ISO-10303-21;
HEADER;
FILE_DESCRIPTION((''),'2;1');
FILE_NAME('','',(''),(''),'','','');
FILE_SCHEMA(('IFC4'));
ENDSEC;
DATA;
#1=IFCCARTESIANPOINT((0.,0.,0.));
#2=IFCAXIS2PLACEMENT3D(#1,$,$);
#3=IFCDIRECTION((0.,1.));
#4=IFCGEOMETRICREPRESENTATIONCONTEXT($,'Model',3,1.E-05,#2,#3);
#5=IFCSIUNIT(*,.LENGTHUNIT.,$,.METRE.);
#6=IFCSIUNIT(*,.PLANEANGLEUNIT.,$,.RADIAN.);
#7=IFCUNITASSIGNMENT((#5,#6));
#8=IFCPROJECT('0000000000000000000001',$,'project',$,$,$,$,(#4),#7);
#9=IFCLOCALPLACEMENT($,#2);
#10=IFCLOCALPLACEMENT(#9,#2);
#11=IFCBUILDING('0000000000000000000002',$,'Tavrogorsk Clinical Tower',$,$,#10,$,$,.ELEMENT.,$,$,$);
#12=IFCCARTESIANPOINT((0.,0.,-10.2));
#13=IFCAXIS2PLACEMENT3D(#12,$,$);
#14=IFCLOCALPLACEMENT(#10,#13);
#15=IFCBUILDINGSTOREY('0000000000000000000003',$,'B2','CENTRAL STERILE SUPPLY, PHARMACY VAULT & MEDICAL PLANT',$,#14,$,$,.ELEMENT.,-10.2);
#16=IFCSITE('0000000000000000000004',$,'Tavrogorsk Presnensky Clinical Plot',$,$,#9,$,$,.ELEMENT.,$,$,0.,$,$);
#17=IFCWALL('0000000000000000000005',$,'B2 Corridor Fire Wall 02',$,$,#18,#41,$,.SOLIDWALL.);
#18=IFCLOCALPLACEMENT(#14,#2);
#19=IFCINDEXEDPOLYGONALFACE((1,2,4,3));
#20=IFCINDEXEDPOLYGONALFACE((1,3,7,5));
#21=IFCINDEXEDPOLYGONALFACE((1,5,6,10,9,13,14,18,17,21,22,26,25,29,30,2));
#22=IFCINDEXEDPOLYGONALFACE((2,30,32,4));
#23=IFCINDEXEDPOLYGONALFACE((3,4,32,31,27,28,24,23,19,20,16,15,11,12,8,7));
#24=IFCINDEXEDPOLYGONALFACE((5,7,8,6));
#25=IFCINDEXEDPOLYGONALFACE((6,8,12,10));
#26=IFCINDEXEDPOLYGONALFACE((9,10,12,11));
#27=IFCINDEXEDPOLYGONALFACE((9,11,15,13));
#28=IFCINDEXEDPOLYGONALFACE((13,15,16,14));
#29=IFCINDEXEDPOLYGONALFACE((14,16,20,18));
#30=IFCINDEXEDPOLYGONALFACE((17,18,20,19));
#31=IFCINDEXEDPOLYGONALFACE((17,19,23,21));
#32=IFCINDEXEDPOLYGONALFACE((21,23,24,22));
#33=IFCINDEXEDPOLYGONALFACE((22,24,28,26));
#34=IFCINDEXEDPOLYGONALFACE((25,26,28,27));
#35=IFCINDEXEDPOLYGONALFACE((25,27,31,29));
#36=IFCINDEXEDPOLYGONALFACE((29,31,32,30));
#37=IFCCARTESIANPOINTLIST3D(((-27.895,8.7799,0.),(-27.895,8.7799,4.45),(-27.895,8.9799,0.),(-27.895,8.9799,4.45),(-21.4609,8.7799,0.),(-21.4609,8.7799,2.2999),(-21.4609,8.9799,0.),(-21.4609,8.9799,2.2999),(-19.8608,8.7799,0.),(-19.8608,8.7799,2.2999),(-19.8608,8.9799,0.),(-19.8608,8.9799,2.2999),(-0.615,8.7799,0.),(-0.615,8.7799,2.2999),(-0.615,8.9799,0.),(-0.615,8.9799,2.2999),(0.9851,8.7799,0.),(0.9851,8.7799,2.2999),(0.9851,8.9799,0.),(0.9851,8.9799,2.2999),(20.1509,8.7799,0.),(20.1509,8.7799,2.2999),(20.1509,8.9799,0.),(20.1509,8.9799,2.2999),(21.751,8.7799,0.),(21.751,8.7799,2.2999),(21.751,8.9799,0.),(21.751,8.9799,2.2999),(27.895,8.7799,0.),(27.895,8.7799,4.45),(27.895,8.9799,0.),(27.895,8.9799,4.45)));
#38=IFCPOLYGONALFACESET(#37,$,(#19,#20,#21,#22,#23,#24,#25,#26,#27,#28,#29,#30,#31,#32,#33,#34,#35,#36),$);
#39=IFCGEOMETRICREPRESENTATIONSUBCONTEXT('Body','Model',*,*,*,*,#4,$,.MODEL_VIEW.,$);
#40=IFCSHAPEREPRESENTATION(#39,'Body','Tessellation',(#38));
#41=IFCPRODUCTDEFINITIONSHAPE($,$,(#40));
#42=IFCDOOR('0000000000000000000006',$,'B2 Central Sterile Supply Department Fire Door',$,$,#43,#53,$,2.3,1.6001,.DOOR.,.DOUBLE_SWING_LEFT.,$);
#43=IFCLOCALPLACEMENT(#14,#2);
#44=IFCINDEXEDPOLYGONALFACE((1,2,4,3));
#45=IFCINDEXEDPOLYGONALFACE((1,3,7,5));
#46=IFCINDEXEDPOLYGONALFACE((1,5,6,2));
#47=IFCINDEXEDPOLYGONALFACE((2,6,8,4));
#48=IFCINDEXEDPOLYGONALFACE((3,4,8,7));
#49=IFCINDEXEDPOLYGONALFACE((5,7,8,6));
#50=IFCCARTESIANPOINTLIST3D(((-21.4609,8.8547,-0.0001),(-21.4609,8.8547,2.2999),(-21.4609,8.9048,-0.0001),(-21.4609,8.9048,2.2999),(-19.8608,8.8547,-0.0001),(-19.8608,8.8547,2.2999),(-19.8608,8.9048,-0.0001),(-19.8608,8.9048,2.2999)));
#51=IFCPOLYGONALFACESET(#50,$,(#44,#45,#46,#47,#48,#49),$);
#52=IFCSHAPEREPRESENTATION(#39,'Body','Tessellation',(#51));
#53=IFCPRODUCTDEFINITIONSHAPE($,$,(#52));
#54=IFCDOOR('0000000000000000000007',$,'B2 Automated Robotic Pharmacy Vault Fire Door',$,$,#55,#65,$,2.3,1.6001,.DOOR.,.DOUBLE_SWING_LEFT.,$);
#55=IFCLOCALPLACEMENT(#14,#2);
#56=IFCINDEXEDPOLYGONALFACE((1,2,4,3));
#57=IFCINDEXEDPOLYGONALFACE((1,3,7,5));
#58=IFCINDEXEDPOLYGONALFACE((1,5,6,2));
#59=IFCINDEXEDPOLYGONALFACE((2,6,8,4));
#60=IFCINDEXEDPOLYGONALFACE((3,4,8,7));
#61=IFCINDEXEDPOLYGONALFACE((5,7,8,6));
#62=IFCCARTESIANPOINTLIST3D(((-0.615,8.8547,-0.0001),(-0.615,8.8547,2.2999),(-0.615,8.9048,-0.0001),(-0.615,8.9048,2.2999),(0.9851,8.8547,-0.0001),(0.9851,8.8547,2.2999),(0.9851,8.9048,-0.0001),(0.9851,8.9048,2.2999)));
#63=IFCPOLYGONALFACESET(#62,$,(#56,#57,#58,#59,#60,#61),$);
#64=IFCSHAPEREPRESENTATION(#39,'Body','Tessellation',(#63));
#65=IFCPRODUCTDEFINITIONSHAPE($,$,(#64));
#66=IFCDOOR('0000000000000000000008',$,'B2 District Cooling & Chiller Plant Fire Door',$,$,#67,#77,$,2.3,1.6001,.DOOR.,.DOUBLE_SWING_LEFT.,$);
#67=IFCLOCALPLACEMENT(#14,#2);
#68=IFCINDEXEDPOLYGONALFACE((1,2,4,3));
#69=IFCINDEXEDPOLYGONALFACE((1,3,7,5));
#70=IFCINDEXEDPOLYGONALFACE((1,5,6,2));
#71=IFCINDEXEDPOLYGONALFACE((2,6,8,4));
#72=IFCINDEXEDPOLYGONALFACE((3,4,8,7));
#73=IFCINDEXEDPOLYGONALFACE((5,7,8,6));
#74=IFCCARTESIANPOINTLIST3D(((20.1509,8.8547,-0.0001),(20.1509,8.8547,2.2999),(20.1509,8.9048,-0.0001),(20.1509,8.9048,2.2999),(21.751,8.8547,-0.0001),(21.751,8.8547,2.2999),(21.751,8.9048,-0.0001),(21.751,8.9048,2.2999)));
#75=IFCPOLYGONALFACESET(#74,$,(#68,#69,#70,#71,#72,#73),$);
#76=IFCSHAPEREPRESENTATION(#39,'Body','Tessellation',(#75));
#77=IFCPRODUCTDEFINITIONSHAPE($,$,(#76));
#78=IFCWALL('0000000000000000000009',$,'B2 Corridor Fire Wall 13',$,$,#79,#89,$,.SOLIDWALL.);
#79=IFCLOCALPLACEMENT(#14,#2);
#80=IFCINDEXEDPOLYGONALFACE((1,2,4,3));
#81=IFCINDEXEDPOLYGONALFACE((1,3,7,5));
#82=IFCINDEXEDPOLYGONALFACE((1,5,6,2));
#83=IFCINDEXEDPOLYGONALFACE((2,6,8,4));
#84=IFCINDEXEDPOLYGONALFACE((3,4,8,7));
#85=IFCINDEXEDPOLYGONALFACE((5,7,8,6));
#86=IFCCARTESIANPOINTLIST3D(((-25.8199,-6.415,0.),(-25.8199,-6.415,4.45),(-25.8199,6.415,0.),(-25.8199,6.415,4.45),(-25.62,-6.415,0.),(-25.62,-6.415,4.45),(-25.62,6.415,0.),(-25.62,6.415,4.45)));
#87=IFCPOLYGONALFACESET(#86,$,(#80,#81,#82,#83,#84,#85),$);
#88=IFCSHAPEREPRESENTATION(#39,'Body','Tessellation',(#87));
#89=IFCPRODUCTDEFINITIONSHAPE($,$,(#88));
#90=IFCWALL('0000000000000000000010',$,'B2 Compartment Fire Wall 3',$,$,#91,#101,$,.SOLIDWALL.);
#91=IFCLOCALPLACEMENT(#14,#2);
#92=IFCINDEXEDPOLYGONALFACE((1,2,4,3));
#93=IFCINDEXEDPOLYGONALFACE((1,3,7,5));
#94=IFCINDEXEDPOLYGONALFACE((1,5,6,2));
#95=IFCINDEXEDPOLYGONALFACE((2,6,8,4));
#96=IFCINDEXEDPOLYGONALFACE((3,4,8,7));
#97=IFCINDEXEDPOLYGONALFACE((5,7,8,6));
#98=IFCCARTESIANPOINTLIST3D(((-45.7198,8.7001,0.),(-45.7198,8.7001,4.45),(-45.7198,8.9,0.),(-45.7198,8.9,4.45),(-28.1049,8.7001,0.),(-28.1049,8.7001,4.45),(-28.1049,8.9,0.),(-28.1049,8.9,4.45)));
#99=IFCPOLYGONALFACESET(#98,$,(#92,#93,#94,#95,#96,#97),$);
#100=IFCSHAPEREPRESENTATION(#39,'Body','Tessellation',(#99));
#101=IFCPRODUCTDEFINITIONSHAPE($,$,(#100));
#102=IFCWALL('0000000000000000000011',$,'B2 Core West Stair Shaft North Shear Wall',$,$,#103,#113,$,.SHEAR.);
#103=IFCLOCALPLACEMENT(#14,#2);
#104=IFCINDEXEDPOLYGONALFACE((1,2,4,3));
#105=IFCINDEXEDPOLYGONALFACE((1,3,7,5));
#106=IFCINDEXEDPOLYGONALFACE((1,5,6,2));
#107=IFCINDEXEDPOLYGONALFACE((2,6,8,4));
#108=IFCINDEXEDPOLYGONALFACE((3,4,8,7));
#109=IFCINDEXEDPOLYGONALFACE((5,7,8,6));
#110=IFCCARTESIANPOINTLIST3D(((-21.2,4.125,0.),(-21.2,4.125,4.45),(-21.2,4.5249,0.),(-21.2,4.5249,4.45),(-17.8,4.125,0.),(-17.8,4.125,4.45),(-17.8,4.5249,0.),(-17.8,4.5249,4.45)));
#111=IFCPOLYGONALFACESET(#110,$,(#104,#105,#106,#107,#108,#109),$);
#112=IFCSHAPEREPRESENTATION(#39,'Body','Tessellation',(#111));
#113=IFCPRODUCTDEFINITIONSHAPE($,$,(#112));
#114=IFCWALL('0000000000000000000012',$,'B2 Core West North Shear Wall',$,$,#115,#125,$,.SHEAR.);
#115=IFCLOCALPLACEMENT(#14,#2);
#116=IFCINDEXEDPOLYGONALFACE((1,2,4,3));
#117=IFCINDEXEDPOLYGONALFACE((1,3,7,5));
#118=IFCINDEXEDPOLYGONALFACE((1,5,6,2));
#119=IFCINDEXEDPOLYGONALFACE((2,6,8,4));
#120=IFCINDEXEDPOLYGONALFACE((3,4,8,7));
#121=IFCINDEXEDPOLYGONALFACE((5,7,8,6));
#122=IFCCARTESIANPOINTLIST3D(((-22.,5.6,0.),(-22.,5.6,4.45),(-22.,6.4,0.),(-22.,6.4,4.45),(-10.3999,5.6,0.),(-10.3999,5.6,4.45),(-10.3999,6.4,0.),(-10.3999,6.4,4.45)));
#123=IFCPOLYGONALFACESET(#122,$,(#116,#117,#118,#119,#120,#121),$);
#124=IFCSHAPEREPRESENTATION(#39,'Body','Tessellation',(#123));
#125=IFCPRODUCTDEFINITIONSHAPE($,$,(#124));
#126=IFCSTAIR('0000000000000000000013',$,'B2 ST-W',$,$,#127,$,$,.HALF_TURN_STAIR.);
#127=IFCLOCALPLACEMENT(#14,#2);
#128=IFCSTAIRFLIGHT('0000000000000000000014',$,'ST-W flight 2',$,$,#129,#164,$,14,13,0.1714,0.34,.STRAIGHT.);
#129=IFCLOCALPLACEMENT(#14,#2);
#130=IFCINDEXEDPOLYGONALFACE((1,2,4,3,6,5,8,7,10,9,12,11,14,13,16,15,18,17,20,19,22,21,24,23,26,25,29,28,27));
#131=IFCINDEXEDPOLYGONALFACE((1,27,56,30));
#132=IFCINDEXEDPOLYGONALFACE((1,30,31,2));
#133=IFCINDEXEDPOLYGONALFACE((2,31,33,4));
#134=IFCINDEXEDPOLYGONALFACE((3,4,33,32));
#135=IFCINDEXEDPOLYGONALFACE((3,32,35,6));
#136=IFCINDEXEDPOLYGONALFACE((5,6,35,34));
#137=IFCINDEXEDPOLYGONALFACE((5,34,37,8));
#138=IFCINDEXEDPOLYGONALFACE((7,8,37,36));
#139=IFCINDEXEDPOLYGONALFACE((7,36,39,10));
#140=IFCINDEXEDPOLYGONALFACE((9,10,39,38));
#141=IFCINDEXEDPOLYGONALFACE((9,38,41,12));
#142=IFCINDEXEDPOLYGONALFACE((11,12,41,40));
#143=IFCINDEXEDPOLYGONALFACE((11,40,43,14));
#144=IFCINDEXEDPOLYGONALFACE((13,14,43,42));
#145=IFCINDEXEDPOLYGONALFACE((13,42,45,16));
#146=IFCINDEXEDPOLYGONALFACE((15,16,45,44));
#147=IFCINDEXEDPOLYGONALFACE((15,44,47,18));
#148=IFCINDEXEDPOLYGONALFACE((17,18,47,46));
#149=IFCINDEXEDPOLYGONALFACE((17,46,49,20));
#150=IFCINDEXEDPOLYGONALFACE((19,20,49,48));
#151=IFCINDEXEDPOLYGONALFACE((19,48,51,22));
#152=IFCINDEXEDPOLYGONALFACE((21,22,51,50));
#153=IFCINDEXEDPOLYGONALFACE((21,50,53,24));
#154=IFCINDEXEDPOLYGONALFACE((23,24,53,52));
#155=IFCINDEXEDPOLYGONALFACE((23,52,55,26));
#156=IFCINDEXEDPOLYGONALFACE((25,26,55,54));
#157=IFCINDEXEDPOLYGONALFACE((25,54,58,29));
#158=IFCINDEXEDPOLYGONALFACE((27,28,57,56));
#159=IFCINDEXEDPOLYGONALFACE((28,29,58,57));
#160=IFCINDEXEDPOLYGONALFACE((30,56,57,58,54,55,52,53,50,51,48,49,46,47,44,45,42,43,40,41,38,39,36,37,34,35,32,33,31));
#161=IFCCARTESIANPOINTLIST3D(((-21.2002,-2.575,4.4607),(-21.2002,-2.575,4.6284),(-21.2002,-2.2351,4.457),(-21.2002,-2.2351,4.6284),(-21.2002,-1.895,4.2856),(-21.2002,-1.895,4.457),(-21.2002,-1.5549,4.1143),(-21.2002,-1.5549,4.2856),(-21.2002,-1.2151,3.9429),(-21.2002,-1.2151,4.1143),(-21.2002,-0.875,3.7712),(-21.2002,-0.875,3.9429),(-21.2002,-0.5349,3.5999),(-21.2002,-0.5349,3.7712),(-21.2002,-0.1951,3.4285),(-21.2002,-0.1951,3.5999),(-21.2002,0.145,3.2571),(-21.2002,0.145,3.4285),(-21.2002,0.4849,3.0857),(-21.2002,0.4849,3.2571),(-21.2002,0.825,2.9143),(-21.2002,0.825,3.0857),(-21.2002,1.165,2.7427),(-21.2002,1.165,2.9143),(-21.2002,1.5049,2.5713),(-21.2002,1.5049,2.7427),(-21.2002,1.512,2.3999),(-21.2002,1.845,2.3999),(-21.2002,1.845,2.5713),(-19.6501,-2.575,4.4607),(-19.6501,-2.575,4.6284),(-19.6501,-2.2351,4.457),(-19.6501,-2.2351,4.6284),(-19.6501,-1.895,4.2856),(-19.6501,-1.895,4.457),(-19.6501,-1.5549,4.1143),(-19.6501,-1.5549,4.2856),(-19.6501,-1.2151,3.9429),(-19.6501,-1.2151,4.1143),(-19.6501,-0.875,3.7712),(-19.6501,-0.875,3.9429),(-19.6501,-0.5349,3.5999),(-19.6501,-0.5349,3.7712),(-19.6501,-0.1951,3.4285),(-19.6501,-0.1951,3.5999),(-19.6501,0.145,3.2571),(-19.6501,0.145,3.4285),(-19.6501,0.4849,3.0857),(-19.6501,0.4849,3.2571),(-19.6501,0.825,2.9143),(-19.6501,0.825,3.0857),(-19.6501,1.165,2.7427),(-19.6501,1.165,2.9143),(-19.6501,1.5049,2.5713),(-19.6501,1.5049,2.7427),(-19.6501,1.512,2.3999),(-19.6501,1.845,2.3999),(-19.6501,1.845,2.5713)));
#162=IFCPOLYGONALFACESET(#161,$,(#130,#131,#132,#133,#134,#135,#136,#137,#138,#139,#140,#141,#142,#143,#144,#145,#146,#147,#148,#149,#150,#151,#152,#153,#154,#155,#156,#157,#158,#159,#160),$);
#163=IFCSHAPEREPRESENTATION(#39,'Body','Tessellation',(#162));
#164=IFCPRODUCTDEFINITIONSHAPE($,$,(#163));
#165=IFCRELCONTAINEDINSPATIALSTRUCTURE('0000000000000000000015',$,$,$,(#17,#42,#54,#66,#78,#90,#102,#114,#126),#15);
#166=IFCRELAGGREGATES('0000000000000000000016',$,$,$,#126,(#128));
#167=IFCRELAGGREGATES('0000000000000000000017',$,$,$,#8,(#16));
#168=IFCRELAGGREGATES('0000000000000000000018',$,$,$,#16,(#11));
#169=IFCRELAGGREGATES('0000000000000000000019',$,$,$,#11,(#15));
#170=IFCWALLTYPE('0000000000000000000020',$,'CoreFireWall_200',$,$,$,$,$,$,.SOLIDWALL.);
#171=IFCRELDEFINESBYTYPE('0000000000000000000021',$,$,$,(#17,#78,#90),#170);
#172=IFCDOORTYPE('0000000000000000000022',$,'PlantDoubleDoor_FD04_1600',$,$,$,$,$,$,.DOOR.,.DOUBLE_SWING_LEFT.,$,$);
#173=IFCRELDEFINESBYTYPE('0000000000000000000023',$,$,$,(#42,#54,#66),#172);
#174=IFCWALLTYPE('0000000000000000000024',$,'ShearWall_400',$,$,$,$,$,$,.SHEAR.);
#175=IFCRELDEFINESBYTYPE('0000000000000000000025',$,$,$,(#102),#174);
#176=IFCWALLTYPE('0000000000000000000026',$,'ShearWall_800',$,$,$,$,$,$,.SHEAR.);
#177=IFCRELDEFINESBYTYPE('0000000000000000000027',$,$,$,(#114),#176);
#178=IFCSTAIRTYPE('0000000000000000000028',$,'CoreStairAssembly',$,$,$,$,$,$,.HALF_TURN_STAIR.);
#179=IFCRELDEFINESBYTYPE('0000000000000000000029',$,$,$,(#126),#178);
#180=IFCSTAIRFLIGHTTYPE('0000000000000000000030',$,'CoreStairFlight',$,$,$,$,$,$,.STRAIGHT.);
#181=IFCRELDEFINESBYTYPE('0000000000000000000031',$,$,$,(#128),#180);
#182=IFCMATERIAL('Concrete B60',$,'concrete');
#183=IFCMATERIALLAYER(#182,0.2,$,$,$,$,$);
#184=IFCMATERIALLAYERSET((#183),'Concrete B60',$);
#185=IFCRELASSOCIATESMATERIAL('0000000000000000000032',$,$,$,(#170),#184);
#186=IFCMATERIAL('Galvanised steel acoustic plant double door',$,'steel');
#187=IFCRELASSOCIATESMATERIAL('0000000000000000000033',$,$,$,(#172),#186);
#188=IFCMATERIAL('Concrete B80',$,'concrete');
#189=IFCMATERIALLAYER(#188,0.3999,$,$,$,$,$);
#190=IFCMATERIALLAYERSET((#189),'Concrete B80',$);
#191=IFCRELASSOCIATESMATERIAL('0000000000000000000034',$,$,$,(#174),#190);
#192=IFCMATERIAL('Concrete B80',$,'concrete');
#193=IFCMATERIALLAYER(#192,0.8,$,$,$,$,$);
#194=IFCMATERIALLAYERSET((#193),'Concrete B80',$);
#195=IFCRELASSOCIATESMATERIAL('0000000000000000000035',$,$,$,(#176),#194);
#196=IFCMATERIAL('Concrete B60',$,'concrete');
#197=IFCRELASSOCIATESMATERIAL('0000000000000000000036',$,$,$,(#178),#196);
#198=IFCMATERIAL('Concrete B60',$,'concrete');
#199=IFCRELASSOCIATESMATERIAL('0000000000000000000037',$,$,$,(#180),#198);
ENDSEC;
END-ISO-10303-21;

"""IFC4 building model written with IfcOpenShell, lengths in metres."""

from ifc_helpers import new_model, si_unit, direction, frame, frame_2d, origin, place, context, subcontext, project, spatial, polyline, rectangle, outline, extrude, material, layer, layer_set, type_object, element, fill, aggregate, save


model = new_model("IFC4")

# Units and contexts
model_context = context("Model", 3, precision=1e-05, world=origin(), true_north=direction((0.0, 1.0)))
body_context = subcontext(model_context, "Body", "Model", "MODEL_VIEW")
ifc_project = project(units=[si_unit("LENGTHUNIT", "METRE"), si_unit("PLANEANGLEUNIT", "RADIAN")], contexts=[model_context])

# Site, building, storey
site_placement = place(None, origin())
site = spatial("IfcSite", under=ifc_project, at=site_placement, Name="Tavrogorsk Presnensky Clinical Plot", CompositionType="ELEMENT", RefElevation=0.0)
building_placement = place(site_placement, origin())
building = spatial("IfcBuilding", under=site, at=building_placement, Name="Tavrogorsk Clinical Tower", CompositionType="ELEMENT")
storey_placement = place(building_placement, frame((0.0, 0.0, -10.2)))
storey = spatial("IfcBuildingStorey", under=building, at=storey_placement, Name="B2", Description="CENTRAL STERILE SUPPLY, PHARMACY VAULT & MEDICAL PLANT", CompositionType="ELEMENT", Elevation=-10.2)

# Wall, openings, doors
ifc_material_1 = material(Name="Concrete B60", Category="concrete")
ifc_layer_1 = layer(ifc_material_1, 0.2)
ifc_layer_set_1 = layer_set([ifc_layer_1], Name="Concrete B60")
wall_type_1 = type_object("IfcWallType", Name="CoreFireWall_200", PredefinedType="SOLIDWALL", material=ifc_layer_set_1)
wall_1_placement = place(storey_placement, frame((-27.895, 8.8799, 0.0), z_axis=(0.0, 0.0, 1.0), x_axis=(1.0, 0.0, 0.0)))
wall_1 = element("IfcWall", 1, at=wall_1_placement, inside=storey, type_object=wall_type_1, Name="B2 Corridor Fire Wall 02", PredefinedType="SOLIDWALL", context=body_context, shape_type="SweptSolid", body=[
    extrude(rectangle(XDim=55.79, YDim=0.2, at=frame_2d((27.895, 0.0))), origin(), (0.0, 0.0, 1.0), 4.45),
])
opening_1_placement = place(wall_1_placement, frame((6.4341, 0.0, 0.0)))
opening_1 = element("IfcOpeningElement", 2, at=opening_1_placement, cuts=wall_1, PredefinedType="OPENING", context=body_context, shape_type="SweptSolid", body=[
    extrude(rectangle(XDim=1.6001, YDim=2.3, at=frame_2d((0.8, 1.1499))), frame((0.0, 0.1099, 0.0), z_axis=(0.0, -1.0, 0.0), x_axis=(1.0, 0.0, 0.0)), (0.0, 0.0, 1.0), 0.22),
])
opening_2_placement = place(wall_1_placement, frame((27.28, 0.0, 0.0)))
opening_2 = element("IfcOpeningElement", 3, at=opening_2_placement, cuts=wall_1, PredefinedType="OPENING", context=body_context, shape_type="SweptSolid", body=[
    extrude(rectangle(XDim=1.6001, YDim=2.3, at=frame_2d((0.8, 1.1499))), frame((0.0, 0.1099, 0.0), z_axis=(0.0, -1.0, 0.0), x_axis=(1.0, 0.0, 0.0)), (0.0, 0.0, 1.0), 0.22),
])
opening_3_placement = place(wall_1_placement, frame((48.0459, 0.0, 0.0)))
opening_3 = element("IfcOpeningElement", 4, at=opening_3_placement, cuts=wall_1, PredefinedType="OPENING", context=body_context, shape_type="SweptSolid", body=[
    extrude(rectangle(XDim=1.6001, YDim=2.3, at=frame_2d((0.8, 1.1499))), frame((0.0, 0.1099, 0.0), z_axis=(0.0, -1.0, 0.0), x_axis=(1.0, 0.0, 0.0)), (0.0, 0.0, 1.0), 0.22),
])
ifc_material_2 = material(Name="Galvanised steel acoustic plant double door", Category="steel")
door_type = type_object("IfcDoorType", Name="PlantDoubleDoor_FD04_1600", OperationType="DOUBLE_SWING_LEFT", PredefinedType="DOOR", material=ifc_material_2)
door_1_placement = place(opening_1_placement, origin())
door_1 = element("IfcDoor", 5, at=door_1_placement, inside=storey, type_object=door_type, Name="B2 Central Sterile Supply Department Fire Door", OperationType="DOUBLE_SWING_LEFT", OverallHeight=2.3, OverallWidth=1.6001, PredefinedType="DOOR", context=body_context, shape_type="SweptSolid", body=[
    extrude(rectangle(XDim=1.6001, YDim=2.3, at=frame_2d((0.8, 1.1499))), frame((0.0, 0.0249, 0.0), z_axis=(0.0, -1.0, 0.0), x_axis=(1.0, 0.0, 0.0)), (0.0, 0.0, 1.0), 0.05),
])
fill(opening_1, door_1)
door_2_placement = place(opening_2_placement, origin())
door_2 = element("IfcDoor", 6, at=door_2_placement, inside=storey, type_object=door_type, Name="B2 Automated Robotic Pharmacy Vault Fire Door", OperationType="DOUBLE_SWING_LEFT", OverallHeight=2.3, OverallWidth=1.6001, PredefinedType="DOOR", context=body_context, shape_type="SweptSolid", body=[
    extrude(rectangle(XDim=1.6001, YDim=2.3, at=frame_2d((0.8, 1.1499))), frame((0.0, 0.0249, 0.0), z_axis=(0.0, -1.0, 0.0), x_axis=(1.0, 0.0, 0.0)), (0.0, 0.0, 1.0), 0.05),
])
fill(opening_2, door_2)
door_3_placement = place(opening_3_placement, origin())
door_3 = element("IfcDoor", 7, at=door_3_placement, inside=storey, type_object=door_type, Name="B2 District Cooling & Chiller Plant Fire Door", OperationType="DOUBLE_SWING_LEFT", OverallHeight=2.3, OverallWidth=1.6001, PredefinedType="DOOR", context=body_context, shape_type="SweptSolid", body=[
    extrude(rectangle(XDim=1.6001, YDim=2.3, at=frame_2d((0.8, 1.1499))), frame((0.0, 0.0249, 0.0), z_axis=(0.0, -1.0, 0.0), x_axis=(1.0, 0.0, 0.0)), (0.0, 0.0, 1.0), 0.05),
])
fill(opening_3, door_3)

# Walls
wall_2_placement = place(storey_placement, frame((-25.72, 6.415, 0.0), z_axis=(0.0, 0.0, 1.0), x_axis=(0.0, -1.0, 0.0)))
element("IfcWall", 8, at=wall_2_placement, inside=storey, type_object=wall_type_1, Name="B2 Corridor Fire Wall 13", PredefinedType="SOLIDWALL", context=body_context, shape_type="SweptSolid", body=[
    extrude(rectangle(XDim=12.8301, YDim=0.2, at=frame_2d((6.415, 0.0))), origin(), (0.0, 0.0, 1.0), 4.45),
])
wall_3_placement = place(storey_placement, frame((-45.72, 8.8, 0.0), z_axis=(0.0, 0.0, 1.0), x_axis=(1.0, 0.0, 0.0)))
element("IfcWall", 9, at=wall_3_placement, inside=storey, type_object=wall_type_1, Name="B2 Compartment Fire Wall 3", PredefinedType="SOLIDWALL", context=body_context, shape_type="SweptSolid", body=[
    extrude(rectangle(XDim=17.615, YDim=0.2, at=frame_2d((8.8076, 0.0))), origin(), (0.0, 0.0, 1.0), 4.45),
])
ifc_material_3 = material(Name="Concrete B80", Category="concrete")
ifc_layer_2 = layer(ifc_material_3, 0.3999)
ifc_layer_set_2 = layer_set([ifc_layer_2], Name="Concrete B80")
wall_type_2 = type_object("IfcWallType", Name="ShearWall_400", PredefinedType="SHEAR", material=ifc_layer_set_2)
wall_4_placement = place(storey_placement, frame((-21.2, 4.325, 0.0), z_axis=(0.0, 0.0, 1.0), x_axis=(1.0, 0.0, 0.0)))
element("IfcWall", 10, at=wall_4_placement, inside=storey, type_object=wall_type_2, Name="B2 Core West Stair Shaft North Shear Wall", PredefinedType="SHEAR", context=body_context, shape_type="SweptSolid", body=[
    extrude(rectangle(XDim=3.3999, YDim=0.3999, at=frame_2d((1.7, 0.0))), origin(), (0.0, 0.0, 1.0), 4.45),
])
ifc_material_4 = material(Name="Concrete B80", Category="concrete")
ifc_layer_3 = layer(ifc_material_4, 0.8)
ifc_layer_set_3 = layer_set([ifc_layer_3], Name="Concrete B80")
wall_type_3 = type_object("IfcWallType", Name="ShearWall_800", PredefinedType="SHEAR", material=ifc_layer_set_3)
wall_5_placement = place(storey_placement, frame((-22.0, 6.0, 0.0), z_axis=(0.0, 0.0, 1.0), x_axis=(1.0, 0.0, 0.0)))
element("IfcWall", 11, at=wall_5_placement, inside=storey, type_object=wall_type_3, Name="B2 Core West North Shear Wall", PredefinedType="SHEAR", context=body_context, shape_type="SweptSolid", body=[
    extrude(rectangle(XDim=11.6001, YDim=0.8, at=frame_2d((5.8, 0.0))), origin(), (0.0, 0.0, 1.0), 4.45),
])

# Stair, stair flight
ifc_material_5 = material(Name="Concrete B60", Category="concrete")
stair_type = type_object("IfcStairType", Name="CoreStairAssembly", PredefinedType="HALF_TURN_STAIR", material=ifc_material_5)
stair_placement = place(storey_placement, origin())
stair = element("IfcStair", 12, at=stair_placement, inside=storey, type_object=stair_type, Name="B2 ST-W", PredefinedType="HALF_TURN_STAIR")
ifc_material_6 = material(Name="Concrete B60", Category="concrete")
stair_flight_type = type_object("IfcStairFlightType", Name="CoreStairFlight", PredefinedType="STRAIGHT", material=ifc_material_6)
stair_flight_placement = place(storey_placement, frame((-20.425, 1.845, 2.3999), z_axis=(0.0, 0.0, 1.0), x_axis=(0.0, -1.0, 0.0)))
stair_flight = element("IfcStairFlight", 13, at=stair_flight_placement, type_object=stair_flight_type, Name="ST-W flight 2", NumberOfRisers=14, NumberOfTreads=13, PredefinedType="STRAIGHT", RiserHeight=0.1714, TreadLength=0.34, context=body_context, shape_type="SweptSolid", body=[
    extrude(outline(polyline([(0.0, 0.0), (0.0, 0.1714), (0.3401, 0.1714), (0.3401, 0.3428), (0.6799, 0.3428), (0.6799, 0.5144), (1.02, 0.5144), (1.02, 0.6858), (1.3601, 0.6858), (1.3601, 0.8572), (1.7, 0.8572), (1.7, 1.0286), (2.04, 1.0286), (2.04, 1.2), (2.3799, 1.2), (2.3799, 1.3713), (2.72, 1.3713), (2.72, 1.543), (3.0601, 1.543), (3.0601, 1.7144), (3.3999, 1.7144), (3.3999, 1.8857), (3.74, 1.8857), (3.74, 2.0571), (4.0801, 2.0571), (4.0801, 2.2285), (4.4199, 2.2285), (4.4199, 2.3999), (4.4199, 2.0608), (0.333, 0.0), (0.0, 0.0)])), frame((0.0, 0.7749, 0.0), z_axis=(0.0, -1.0, 0.0), x_axis=(1.0, 0.0, 0.0)), (0.0, 0.0, 1.0), 1.55),
])
aggregate(stair, [stair_flight])

save(model, "model.ifc")
